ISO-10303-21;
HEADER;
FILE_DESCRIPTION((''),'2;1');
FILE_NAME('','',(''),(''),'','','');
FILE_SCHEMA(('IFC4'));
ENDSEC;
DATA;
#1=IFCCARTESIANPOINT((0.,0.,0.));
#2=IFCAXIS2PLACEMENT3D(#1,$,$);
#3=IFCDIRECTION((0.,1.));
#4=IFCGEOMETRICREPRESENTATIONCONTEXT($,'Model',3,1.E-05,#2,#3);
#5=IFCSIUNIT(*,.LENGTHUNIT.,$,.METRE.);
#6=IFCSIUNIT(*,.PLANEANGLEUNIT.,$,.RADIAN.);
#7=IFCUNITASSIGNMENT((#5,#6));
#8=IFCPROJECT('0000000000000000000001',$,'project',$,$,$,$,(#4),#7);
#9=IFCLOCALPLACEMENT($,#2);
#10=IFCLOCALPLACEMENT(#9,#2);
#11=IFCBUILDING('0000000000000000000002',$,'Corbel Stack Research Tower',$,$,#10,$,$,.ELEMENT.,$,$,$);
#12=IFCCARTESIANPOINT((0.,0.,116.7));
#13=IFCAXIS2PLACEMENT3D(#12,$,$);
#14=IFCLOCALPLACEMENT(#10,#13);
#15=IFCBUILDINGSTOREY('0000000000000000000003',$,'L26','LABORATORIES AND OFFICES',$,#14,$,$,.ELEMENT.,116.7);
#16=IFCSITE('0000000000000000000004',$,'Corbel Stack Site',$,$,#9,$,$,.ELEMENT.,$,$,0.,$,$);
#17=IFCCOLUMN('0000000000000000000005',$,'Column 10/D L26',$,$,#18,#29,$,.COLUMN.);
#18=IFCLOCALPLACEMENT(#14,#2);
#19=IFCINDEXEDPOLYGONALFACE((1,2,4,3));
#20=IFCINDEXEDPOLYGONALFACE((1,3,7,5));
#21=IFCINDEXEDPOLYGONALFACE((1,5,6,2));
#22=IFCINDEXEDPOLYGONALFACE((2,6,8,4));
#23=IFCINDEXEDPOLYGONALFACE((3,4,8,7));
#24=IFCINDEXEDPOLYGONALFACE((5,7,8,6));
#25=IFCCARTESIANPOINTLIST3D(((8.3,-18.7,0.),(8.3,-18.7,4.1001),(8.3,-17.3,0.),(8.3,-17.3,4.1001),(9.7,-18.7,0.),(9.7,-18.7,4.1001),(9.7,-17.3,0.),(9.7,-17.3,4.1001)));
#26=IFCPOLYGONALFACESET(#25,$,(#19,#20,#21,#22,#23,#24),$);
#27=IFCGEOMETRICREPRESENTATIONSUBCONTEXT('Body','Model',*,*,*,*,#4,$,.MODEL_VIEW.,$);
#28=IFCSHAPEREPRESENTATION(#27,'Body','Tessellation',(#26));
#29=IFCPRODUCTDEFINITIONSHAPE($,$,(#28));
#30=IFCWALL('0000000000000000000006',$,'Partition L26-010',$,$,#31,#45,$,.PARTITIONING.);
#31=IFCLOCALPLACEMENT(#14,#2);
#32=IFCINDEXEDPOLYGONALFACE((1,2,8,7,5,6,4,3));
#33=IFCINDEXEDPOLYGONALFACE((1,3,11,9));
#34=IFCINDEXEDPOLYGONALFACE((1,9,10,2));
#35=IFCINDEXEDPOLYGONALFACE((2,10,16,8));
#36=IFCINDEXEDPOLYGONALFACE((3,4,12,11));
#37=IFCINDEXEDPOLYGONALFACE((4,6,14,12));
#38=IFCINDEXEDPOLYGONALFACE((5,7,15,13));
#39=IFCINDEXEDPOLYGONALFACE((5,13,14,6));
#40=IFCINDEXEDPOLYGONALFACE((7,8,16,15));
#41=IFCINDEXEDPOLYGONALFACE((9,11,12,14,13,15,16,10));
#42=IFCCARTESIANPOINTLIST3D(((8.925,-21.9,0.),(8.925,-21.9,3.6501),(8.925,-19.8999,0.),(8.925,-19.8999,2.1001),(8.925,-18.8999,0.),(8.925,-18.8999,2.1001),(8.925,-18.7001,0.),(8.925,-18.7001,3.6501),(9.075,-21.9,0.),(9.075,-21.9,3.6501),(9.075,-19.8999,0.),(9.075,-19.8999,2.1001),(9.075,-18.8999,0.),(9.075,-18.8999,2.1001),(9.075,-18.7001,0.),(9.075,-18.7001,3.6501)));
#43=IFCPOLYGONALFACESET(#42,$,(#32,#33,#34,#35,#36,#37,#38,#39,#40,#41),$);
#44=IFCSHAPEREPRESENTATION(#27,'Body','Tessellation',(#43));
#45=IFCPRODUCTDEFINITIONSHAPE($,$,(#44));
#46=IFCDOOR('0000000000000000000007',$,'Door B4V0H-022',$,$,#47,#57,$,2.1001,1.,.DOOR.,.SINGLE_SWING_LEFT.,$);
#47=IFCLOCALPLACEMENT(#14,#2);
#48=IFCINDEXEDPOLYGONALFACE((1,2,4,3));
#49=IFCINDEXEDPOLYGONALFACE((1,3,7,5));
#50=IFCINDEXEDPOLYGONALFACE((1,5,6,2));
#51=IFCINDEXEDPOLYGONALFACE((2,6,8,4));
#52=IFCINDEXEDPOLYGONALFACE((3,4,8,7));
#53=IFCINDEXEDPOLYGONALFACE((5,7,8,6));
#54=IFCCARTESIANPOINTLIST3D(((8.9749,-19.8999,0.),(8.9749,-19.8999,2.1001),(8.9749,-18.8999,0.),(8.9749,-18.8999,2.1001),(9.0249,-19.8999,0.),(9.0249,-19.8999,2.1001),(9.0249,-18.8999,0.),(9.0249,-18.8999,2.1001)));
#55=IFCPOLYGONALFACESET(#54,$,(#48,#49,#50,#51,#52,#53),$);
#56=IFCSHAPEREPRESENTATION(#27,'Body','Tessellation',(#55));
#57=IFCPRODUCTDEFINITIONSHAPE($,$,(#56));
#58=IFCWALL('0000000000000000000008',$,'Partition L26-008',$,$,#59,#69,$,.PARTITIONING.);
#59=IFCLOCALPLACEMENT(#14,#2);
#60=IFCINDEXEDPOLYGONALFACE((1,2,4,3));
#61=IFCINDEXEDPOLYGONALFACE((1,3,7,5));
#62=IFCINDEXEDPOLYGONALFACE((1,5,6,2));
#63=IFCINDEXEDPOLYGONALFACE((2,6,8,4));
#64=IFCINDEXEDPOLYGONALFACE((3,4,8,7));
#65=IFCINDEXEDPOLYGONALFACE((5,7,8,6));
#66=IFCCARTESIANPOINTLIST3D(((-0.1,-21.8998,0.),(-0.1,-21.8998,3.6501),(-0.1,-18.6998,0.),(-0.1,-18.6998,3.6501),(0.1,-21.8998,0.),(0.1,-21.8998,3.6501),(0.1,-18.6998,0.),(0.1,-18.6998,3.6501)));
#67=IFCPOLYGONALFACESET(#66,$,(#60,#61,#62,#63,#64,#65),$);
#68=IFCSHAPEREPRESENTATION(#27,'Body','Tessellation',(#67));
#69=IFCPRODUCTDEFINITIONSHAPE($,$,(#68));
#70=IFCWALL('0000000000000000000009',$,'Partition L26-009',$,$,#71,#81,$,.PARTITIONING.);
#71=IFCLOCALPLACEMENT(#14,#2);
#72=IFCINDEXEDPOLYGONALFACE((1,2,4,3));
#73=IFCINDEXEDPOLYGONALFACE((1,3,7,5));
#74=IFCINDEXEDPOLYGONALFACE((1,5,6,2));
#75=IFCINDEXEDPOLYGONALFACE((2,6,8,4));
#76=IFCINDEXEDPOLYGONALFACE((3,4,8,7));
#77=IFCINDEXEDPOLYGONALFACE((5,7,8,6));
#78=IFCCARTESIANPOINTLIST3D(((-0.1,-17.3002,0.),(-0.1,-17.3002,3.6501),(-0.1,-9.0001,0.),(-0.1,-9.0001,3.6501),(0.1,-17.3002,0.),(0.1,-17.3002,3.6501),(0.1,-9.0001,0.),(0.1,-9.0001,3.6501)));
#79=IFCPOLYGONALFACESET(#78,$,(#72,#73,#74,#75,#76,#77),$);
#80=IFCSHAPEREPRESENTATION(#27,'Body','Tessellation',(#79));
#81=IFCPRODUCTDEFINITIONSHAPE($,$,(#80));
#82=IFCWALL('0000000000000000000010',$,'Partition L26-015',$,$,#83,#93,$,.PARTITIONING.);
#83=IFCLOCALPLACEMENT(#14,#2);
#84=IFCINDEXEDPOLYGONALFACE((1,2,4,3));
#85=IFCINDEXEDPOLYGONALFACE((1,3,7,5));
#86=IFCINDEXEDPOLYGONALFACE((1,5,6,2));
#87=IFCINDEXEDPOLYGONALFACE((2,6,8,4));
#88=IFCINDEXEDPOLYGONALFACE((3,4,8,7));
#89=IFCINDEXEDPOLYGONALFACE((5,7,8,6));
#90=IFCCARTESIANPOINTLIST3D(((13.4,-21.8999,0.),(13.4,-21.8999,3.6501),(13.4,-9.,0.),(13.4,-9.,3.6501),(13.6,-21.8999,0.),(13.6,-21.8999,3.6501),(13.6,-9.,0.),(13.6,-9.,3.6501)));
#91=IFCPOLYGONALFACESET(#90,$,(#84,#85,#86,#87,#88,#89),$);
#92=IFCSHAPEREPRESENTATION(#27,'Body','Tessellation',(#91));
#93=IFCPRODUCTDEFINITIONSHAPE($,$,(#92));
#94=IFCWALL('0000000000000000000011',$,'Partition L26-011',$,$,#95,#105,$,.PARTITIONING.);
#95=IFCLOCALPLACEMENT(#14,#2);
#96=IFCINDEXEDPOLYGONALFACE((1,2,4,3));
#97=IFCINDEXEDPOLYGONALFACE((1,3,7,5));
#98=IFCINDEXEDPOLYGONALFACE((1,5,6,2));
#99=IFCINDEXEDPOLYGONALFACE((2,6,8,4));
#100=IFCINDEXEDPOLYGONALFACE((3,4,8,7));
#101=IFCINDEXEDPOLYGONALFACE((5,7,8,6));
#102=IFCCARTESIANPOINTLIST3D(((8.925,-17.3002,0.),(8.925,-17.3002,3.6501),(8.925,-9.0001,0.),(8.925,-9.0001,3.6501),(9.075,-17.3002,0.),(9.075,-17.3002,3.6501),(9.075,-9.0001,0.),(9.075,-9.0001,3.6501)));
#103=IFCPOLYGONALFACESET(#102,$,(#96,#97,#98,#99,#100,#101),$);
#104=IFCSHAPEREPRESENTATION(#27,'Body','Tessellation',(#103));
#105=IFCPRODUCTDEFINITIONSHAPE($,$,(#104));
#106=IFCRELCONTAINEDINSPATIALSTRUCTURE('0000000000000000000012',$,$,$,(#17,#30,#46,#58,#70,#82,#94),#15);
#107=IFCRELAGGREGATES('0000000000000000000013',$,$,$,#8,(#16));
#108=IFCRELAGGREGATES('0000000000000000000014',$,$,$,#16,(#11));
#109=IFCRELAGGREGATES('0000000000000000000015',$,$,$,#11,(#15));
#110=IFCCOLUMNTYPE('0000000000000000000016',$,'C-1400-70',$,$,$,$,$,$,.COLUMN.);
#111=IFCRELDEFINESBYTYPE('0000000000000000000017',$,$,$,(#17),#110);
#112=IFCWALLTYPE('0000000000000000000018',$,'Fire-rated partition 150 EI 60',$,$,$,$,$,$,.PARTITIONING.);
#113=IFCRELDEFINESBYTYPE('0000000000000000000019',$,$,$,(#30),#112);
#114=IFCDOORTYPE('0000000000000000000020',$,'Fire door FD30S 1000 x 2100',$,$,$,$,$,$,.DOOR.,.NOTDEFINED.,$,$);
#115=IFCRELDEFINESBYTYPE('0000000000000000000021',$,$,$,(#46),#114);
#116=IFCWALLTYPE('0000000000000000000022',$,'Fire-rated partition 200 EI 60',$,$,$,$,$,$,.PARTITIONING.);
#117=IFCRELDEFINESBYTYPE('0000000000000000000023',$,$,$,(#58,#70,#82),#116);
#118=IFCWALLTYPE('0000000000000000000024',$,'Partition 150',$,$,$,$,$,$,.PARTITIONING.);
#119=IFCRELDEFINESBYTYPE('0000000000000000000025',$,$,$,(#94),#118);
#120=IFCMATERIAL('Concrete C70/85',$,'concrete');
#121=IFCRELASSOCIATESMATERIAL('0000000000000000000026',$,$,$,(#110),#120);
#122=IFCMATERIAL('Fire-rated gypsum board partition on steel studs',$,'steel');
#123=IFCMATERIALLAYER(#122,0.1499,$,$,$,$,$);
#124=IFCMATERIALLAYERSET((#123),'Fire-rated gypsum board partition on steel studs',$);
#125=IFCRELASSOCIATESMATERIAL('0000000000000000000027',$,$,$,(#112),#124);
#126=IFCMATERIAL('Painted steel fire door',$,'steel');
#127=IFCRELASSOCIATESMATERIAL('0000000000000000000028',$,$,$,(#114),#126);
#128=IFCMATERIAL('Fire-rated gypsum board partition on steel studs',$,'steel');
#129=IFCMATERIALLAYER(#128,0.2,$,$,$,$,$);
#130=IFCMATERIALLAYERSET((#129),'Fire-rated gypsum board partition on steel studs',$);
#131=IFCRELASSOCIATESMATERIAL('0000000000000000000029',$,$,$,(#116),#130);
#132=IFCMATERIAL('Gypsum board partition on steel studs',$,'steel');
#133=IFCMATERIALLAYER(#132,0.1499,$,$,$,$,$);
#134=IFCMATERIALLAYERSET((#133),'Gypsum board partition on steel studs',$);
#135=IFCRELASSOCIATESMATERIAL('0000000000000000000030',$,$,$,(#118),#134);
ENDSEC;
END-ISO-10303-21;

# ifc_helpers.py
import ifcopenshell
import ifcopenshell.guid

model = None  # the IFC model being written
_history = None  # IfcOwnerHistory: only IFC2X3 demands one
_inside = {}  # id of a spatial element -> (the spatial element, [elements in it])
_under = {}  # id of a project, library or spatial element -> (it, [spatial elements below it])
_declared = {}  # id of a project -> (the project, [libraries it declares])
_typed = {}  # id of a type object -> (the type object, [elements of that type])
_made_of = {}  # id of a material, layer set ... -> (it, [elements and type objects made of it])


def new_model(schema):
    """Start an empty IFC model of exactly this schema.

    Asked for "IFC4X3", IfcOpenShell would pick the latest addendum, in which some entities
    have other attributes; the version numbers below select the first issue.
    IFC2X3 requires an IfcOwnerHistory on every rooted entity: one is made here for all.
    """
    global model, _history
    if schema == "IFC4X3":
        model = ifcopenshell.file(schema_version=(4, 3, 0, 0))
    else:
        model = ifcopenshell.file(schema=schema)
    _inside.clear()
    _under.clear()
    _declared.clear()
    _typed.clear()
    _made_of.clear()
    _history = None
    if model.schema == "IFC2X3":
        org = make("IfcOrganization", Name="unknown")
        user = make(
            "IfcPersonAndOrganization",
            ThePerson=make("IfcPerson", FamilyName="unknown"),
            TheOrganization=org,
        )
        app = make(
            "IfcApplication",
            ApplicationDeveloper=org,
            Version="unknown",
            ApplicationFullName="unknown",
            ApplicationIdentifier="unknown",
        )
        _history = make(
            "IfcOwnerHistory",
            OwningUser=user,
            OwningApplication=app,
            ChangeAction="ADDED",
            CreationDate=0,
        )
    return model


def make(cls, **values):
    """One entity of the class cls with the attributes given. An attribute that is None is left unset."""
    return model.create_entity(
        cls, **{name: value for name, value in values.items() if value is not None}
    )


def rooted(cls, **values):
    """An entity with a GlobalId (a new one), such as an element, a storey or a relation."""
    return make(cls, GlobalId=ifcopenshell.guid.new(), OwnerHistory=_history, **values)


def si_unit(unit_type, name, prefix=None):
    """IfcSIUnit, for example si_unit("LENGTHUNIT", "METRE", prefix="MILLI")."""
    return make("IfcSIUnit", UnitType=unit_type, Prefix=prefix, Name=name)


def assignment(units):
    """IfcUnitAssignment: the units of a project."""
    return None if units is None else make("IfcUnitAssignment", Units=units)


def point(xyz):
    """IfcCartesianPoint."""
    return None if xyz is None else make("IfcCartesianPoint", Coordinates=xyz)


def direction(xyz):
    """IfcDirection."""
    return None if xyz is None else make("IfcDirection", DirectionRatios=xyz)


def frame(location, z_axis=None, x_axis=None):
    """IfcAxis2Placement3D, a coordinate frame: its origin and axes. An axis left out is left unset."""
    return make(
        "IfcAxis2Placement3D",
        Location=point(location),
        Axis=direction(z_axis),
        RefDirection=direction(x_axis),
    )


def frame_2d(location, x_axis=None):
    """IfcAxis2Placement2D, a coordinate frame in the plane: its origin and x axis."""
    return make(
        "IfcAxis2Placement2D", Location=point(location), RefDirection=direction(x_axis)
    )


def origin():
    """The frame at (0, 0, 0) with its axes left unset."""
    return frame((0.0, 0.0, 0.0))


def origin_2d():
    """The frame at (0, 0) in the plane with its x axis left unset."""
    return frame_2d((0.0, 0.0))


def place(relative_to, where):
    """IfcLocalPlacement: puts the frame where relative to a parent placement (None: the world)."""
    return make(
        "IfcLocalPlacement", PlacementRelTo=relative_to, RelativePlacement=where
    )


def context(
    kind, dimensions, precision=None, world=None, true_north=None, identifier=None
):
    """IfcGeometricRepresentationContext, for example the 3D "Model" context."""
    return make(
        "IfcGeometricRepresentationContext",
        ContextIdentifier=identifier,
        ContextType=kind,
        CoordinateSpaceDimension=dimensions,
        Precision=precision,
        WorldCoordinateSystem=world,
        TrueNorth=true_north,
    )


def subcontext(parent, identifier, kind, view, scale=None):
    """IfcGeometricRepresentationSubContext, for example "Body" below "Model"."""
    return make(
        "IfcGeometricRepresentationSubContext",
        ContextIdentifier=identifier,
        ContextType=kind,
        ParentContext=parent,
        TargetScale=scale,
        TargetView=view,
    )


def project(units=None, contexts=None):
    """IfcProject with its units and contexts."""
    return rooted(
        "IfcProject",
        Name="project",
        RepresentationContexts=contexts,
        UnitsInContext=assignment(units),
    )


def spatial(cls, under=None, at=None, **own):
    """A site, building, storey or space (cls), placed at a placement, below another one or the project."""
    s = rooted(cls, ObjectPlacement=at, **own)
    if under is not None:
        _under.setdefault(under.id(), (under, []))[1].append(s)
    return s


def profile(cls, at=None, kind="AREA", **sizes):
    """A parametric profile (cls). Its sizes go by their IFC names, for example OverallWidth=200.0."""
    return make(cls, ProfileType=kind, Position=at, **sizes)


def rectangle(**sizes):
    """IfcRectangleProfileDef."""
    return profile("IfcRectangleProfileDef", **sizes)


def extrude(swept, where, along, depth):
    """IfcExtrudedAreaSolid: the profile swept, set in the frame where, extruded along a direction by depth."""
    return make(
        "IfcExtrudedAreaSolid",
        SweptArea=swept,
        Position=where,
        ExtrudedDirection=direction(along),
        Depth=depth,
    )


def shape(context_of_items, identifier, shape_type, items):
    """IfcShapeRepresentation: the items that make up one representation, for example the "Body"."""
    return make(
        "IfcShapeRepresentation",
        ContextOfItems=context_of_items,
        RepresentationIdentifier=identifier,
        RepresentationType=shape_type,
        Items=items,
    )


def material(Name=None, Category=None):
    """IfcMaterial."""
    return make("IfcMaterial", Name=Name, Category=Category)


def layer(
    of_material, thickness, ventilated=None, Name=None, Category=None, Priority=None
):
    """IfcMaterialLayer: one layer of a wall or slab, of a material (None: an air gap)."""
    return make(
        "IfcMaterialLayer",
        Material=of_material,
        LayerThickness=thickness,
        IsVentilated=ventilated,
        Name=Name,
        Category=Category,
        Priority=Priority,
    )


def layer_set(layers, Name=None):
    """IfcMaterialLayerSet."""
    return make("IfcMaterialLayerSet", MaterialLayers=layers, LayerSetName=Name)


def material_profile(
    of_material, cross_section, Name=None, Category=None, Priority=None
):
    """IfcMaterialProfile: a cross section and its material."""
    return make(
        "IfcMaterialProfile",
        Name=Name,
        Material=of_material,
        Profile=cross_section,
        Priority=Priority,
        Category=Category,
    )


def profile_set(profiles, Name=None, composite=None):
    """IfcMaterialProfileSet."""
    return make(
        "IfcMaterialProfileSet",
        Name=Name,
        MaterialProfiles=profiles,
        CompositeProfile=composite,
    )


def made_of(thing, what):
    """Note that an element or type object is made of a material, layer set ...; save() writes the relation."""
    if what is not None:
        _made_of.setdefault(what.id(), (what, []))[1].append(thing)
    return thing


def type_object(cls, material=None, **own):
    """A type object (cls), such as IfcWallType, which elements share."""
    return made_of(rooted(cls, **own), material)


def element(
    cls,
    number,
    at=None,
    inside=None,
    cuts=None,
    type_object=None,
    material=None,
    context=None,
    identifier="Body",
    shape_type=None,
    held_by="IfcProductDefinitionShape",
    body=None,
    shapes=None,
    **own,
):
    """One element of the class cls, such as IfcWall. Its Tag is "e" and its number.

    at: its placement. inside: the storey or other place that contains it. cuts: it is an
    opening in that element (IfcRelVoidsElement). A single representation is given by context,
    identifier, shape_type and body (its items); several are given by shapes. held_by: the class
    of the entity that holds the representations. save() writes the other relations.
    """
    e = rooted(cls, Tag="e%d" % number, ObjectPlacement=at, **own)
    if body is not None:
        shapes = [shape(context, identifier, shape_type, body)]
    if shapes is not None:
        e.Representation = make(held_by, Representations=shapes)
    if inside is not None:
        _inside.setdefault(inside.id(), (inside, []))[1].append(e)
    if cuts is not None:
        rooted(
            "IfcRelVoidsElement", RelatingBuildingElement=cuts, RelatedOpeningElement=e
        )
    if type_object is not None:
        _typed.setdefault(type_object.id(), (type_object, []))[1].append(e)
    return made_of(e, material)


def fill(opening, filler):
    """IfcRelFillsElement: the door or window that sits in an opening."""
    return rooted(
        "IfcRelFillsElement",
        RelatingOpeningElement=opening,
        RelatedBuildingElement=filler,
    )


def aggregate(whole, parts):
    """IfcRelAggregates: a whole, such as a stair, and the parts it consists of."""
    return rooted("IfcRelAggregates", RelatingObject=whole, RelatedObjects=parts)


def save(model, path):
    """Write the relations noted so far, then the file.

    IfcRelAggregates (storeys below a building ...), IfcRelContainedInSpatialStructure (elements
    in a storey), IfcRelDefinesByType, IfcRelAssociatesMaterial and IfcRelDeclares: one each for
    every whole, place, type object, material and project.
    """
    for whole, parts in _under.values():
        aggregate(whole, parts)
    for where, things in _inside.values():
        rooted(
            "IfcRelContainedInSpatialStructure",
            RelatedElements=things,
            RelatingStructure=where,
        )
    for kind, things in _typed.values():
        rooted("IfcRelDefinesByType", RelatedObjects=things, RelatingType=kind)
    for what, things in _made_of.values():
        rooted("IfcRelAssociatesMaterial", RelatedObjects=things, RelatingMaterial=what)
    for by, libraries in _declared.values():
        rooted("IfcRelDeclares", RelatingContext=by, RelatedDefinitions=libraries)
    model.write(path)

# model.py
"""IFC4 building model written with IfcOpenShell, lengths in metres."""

from ifc_helpers import new_model, si_unit, direction, frame, frame_2d, origin, origin_2d, place, context, subcontext, project, spatial, rectangle, extrude, material, layer, layer_set, material_profile, profile_set, type_object, element, fill, save


model = new_model("IFC4")

# Units and contexts
model_context = context("Model", 3, precision=1e-05, world=origin(), true_north=direction((0.0, 1.0)))
body_context = subcontext(model_context, "Body", "Model", "MODEL_VIEW")
ifc_project = project(units=[si_unit("LENGTHUNIT", "METRE"), si_unit("PLANEANGLEUNIT", "RADIAN")], contexts=[model_context])

# Site, building, storey
site_placement = place(None, origin())
site = spatial("IfcSite", under=ifc_project, at=site_placement, Name="Corbel Stack Site", CompositionType="ELEMENT", RefElevation=0.0)
building_placement = place(site_placement, origin())
building = spatial("IfcBuilding", under=site, at=building_placement, Name="Corbel Stack Research Tower", CompositionType="ELEMENT")
storey_placement = place(building_placement, frame((0.0, 0.0, 116.7)))
storey = spatial("IfcBuildingStorey", under=building, at=storey_placement, Name="L26", Description="LABORATORIES AND OFFICES", CompositionType="ELEMENT", Elevation=116.7)

# Column
ifc_material_1 = material(Name="Concrete C70/85", Category="concrete")
ifc_material_profile = material_profile(ifc_material_1, rectangle(XDim=1.3999, YDim=1.3999, at=origin_2d()), Name="RC 1400 x 1400")
ifc_profile_set = profile_set([ifc_material_profile], Name="Concrete C70/85")
column_type = type_object("IfcColumnType", Name="C-1400-70", PredefinedType="COLUMN", material=ifc_profile_set)
column_placement = place(storey_placement, frame((9.0, -18.0, 0.0), z_axis=(0.0, 0.0, 1.0), x_axis=(1.0, 0.0, 0.0)))
element("IfcColumn", 1, at=column_placement, inside=storey, type_object=column_type, Name="Column 10/D L26", PredefinedType="COLUMN", context=body_context, shape_type="SweptSolid", body=[
    extrude(rectangle(XDim=1.3999, YDim=1.3999, at=origin_2d()), origin(), (0.0, 0.0, 1.0), 4.1001),
])

# Wall, opening, door
ifc_material_2 = material(Name="Fire-rated gypsum board partition on steel studs", Category="steel")
ifc_layer_1 = layer(ifc_material_2, 0.1499)
ifc_layer_set_1 = layer_set([ifc_layer_1], Name="Fire-rated gypsum board partition on steel studs")
wall_type_1 = type_object("IfcWallType", Name="Fire-rated partition 150 EI 60", PredefinedType="PARTITIONING", material=ifc_layer_set_1)
wall_1_placement = place(storey_placement, frame((9.0, -18.7, 0.0), z_axis=(0.0, 0.0, 1.0), x_axis=(0.0, -1.0, 0.0)))
wall_1 = element("IfcWall", 2, at=wall_1_placement, inside=storey, type_object=wall_type_1, Name="Partition L26-010", PredefinedType="PARTITIONING", context=body_context, shape_type="SweptSolid", body=[
    extrude(rectangle(XDim=3.2, YDim=0.1499, at=frame_2d((1.6001, 0.0))), origin(), (0.0, 0.0, 1.0), 3.6501),
])
opening_placement = place(wall_1_placement, frame((0.2, 0.0, 0.0)))
opening = element("IfcOpeningElement", 3, at=opening_placement, cuts=wall_1, PredefinedType="OPENING", context=body_context, shape_type="SweptSolid", body=[
    extrude(rectangle(XDim=1.0, YDim=2.1001, at=frame_2d((0.5, 1.05))), frame((0.0, 0.085, 0.0), z_axis=(0.0, -1.0, 0.0), x_axis=(1.0, 0.0, 0.0)), (0.0, 0.0, 1.0), 0.1699),
])
ifc_material_3 = material(Name="Painted steel fire door", Category="steel")
door_type = type_object("IfcDoorType", Name="Fire door FD30S 1000 x 2100", OperationType="NOTDEFINED", PredefinedType="DOOR", material=ifc_material_3)
door_placement = place(opening_placement, origin())
door = element("IfcDoor", 4, at=door_placement, inside=storey, type_object=door_type, Name="Door B4V0H-022", OperationType="SINGLE_SWING_LEFT", OverallHeight=2.1001, OverallWidth=1.0, PredefinedType="DOOR", context=body_context, shape_type="SweptSolid", body=[
    extrude(rectangle(XDim=1.0, YDim=2.1001, at=frame_2d((0.5, 1.05))), frame((0.0, 0.0249, 0.0), z_axis=(0.0, -1.0, 0.0), x_axis=(1.0, 0.0, 0.0)), (0.0, 0.0, 1.0), 0.05),
])
fill(opening, door)

# Walls
ifc_material_4 = material(Name="Fire-rated gypsum board partition on steel studs", Category="steel")
ifc_layer_2 = layer(ifc_material_4, 0.2)
ifc_layer_set_2 = layer_set([ifc_layer_2], Name="Fire-rated gypsum board partition on steel studs")
wall_type_2 = type_object("IfcWallType", Name="Fire-rated partition 200 EI 60", PredefinedType="PARTITIONING", material=ifc_layer_set_2)
wall_2_placement = place(storey_placement, frame((0.0, -21.8999, 0.0), z_axis=(0.0, 0.0, 1.0), x_axis=(0.0, 1.0, 0.0)))
element("IfcWall", 5, at=wall_2_placement, inside=storey, type_object=wall_type_2, Name="Partition L26-008", PredefinedType="PARTITIONING", context=body_context, shape_type="SweptSolid", body=[
    extrude(rectangle(XDim=3.2, YDim=0.2, at=frame_2d((1.6001, 0.0))), origin(), (0.0, 0.0, 1.0), 3.6501),
])
wall_3_placement = place(storey_placement, frame((0.0, -17.3, 0.0), z_axis=(0.0, 0.0, 1.0), x_axis=(0.0, 1.0, 0.0)))
element("IfcWall", 6, at=wall_3_placement, inside=storey, type_object=wall_type_2, Name="Partition L26-009", PredefinedType="PARTITIONING", context=body_context, shape_type="SweptSolid", body=[
    extrude(rectangle(XDim=8.3, YDim=0.2, at=frame_2d((4.1499, 0.0))), origin(), (0.0, 0.0, 1.0), 3.6501),
])
wall_4_placement = place(storey_placement, frame((13.5, -21.8999, 0.0), z_axis=(0.0, 0.0, 1.0), x_axis=(0.0, 1.0, 0.0)))
element("IfcWall", 7, at=wall_4_placement, inside=storey, type_object=wall_type_2, Name="Partition L26-015", PredefinedType="PARTITIONING", context=body_context, shape_type="SweptSolid", body=[
    extrude(rectangle(XDim=12.8999, YDim=0.2, at=frame_2d((6.45, 0.0))), origin(), (0.0, 0.0, 1.0), 3.6501),
])
ifc_material_5 = material(Name="Gypsum board partition on steel studs", Category="steel")
ifc_layer_3 = layer(ifc_material_5, 0.1499)
ifc_layer_set_3 = layer_set([ifc_layer_3], Name="Gypsum board partition on steel studs")
wall_type_3 = type_object("IfcWallType", Name="Partition 150", PredefinedType="PARTITIONING", material=ifc_layer_set_3)
wall_5_placement = place(storey_placement, frame((9.0, -17.3, 0.0), z_axis=(0.0, 0.0, 1.0), x_axis=(0.0, 1.0, 0.0)))
element("IfcWall", 8, at=wall_5_placement, inside=storey, type_object=wall_type_3, Name="Partition L26-011", PredefinedType="PARTITIONING", context=body_context, shape_type="SweptSolid", body=[
    extrude(rectangle(XDim=8.3, YDim=0.1499, at=frame_2d((4.1499, 0.0))), origin(), (0.0, 0.0, 1.0), 3.6501),
])

save(model, "model.ifc")
